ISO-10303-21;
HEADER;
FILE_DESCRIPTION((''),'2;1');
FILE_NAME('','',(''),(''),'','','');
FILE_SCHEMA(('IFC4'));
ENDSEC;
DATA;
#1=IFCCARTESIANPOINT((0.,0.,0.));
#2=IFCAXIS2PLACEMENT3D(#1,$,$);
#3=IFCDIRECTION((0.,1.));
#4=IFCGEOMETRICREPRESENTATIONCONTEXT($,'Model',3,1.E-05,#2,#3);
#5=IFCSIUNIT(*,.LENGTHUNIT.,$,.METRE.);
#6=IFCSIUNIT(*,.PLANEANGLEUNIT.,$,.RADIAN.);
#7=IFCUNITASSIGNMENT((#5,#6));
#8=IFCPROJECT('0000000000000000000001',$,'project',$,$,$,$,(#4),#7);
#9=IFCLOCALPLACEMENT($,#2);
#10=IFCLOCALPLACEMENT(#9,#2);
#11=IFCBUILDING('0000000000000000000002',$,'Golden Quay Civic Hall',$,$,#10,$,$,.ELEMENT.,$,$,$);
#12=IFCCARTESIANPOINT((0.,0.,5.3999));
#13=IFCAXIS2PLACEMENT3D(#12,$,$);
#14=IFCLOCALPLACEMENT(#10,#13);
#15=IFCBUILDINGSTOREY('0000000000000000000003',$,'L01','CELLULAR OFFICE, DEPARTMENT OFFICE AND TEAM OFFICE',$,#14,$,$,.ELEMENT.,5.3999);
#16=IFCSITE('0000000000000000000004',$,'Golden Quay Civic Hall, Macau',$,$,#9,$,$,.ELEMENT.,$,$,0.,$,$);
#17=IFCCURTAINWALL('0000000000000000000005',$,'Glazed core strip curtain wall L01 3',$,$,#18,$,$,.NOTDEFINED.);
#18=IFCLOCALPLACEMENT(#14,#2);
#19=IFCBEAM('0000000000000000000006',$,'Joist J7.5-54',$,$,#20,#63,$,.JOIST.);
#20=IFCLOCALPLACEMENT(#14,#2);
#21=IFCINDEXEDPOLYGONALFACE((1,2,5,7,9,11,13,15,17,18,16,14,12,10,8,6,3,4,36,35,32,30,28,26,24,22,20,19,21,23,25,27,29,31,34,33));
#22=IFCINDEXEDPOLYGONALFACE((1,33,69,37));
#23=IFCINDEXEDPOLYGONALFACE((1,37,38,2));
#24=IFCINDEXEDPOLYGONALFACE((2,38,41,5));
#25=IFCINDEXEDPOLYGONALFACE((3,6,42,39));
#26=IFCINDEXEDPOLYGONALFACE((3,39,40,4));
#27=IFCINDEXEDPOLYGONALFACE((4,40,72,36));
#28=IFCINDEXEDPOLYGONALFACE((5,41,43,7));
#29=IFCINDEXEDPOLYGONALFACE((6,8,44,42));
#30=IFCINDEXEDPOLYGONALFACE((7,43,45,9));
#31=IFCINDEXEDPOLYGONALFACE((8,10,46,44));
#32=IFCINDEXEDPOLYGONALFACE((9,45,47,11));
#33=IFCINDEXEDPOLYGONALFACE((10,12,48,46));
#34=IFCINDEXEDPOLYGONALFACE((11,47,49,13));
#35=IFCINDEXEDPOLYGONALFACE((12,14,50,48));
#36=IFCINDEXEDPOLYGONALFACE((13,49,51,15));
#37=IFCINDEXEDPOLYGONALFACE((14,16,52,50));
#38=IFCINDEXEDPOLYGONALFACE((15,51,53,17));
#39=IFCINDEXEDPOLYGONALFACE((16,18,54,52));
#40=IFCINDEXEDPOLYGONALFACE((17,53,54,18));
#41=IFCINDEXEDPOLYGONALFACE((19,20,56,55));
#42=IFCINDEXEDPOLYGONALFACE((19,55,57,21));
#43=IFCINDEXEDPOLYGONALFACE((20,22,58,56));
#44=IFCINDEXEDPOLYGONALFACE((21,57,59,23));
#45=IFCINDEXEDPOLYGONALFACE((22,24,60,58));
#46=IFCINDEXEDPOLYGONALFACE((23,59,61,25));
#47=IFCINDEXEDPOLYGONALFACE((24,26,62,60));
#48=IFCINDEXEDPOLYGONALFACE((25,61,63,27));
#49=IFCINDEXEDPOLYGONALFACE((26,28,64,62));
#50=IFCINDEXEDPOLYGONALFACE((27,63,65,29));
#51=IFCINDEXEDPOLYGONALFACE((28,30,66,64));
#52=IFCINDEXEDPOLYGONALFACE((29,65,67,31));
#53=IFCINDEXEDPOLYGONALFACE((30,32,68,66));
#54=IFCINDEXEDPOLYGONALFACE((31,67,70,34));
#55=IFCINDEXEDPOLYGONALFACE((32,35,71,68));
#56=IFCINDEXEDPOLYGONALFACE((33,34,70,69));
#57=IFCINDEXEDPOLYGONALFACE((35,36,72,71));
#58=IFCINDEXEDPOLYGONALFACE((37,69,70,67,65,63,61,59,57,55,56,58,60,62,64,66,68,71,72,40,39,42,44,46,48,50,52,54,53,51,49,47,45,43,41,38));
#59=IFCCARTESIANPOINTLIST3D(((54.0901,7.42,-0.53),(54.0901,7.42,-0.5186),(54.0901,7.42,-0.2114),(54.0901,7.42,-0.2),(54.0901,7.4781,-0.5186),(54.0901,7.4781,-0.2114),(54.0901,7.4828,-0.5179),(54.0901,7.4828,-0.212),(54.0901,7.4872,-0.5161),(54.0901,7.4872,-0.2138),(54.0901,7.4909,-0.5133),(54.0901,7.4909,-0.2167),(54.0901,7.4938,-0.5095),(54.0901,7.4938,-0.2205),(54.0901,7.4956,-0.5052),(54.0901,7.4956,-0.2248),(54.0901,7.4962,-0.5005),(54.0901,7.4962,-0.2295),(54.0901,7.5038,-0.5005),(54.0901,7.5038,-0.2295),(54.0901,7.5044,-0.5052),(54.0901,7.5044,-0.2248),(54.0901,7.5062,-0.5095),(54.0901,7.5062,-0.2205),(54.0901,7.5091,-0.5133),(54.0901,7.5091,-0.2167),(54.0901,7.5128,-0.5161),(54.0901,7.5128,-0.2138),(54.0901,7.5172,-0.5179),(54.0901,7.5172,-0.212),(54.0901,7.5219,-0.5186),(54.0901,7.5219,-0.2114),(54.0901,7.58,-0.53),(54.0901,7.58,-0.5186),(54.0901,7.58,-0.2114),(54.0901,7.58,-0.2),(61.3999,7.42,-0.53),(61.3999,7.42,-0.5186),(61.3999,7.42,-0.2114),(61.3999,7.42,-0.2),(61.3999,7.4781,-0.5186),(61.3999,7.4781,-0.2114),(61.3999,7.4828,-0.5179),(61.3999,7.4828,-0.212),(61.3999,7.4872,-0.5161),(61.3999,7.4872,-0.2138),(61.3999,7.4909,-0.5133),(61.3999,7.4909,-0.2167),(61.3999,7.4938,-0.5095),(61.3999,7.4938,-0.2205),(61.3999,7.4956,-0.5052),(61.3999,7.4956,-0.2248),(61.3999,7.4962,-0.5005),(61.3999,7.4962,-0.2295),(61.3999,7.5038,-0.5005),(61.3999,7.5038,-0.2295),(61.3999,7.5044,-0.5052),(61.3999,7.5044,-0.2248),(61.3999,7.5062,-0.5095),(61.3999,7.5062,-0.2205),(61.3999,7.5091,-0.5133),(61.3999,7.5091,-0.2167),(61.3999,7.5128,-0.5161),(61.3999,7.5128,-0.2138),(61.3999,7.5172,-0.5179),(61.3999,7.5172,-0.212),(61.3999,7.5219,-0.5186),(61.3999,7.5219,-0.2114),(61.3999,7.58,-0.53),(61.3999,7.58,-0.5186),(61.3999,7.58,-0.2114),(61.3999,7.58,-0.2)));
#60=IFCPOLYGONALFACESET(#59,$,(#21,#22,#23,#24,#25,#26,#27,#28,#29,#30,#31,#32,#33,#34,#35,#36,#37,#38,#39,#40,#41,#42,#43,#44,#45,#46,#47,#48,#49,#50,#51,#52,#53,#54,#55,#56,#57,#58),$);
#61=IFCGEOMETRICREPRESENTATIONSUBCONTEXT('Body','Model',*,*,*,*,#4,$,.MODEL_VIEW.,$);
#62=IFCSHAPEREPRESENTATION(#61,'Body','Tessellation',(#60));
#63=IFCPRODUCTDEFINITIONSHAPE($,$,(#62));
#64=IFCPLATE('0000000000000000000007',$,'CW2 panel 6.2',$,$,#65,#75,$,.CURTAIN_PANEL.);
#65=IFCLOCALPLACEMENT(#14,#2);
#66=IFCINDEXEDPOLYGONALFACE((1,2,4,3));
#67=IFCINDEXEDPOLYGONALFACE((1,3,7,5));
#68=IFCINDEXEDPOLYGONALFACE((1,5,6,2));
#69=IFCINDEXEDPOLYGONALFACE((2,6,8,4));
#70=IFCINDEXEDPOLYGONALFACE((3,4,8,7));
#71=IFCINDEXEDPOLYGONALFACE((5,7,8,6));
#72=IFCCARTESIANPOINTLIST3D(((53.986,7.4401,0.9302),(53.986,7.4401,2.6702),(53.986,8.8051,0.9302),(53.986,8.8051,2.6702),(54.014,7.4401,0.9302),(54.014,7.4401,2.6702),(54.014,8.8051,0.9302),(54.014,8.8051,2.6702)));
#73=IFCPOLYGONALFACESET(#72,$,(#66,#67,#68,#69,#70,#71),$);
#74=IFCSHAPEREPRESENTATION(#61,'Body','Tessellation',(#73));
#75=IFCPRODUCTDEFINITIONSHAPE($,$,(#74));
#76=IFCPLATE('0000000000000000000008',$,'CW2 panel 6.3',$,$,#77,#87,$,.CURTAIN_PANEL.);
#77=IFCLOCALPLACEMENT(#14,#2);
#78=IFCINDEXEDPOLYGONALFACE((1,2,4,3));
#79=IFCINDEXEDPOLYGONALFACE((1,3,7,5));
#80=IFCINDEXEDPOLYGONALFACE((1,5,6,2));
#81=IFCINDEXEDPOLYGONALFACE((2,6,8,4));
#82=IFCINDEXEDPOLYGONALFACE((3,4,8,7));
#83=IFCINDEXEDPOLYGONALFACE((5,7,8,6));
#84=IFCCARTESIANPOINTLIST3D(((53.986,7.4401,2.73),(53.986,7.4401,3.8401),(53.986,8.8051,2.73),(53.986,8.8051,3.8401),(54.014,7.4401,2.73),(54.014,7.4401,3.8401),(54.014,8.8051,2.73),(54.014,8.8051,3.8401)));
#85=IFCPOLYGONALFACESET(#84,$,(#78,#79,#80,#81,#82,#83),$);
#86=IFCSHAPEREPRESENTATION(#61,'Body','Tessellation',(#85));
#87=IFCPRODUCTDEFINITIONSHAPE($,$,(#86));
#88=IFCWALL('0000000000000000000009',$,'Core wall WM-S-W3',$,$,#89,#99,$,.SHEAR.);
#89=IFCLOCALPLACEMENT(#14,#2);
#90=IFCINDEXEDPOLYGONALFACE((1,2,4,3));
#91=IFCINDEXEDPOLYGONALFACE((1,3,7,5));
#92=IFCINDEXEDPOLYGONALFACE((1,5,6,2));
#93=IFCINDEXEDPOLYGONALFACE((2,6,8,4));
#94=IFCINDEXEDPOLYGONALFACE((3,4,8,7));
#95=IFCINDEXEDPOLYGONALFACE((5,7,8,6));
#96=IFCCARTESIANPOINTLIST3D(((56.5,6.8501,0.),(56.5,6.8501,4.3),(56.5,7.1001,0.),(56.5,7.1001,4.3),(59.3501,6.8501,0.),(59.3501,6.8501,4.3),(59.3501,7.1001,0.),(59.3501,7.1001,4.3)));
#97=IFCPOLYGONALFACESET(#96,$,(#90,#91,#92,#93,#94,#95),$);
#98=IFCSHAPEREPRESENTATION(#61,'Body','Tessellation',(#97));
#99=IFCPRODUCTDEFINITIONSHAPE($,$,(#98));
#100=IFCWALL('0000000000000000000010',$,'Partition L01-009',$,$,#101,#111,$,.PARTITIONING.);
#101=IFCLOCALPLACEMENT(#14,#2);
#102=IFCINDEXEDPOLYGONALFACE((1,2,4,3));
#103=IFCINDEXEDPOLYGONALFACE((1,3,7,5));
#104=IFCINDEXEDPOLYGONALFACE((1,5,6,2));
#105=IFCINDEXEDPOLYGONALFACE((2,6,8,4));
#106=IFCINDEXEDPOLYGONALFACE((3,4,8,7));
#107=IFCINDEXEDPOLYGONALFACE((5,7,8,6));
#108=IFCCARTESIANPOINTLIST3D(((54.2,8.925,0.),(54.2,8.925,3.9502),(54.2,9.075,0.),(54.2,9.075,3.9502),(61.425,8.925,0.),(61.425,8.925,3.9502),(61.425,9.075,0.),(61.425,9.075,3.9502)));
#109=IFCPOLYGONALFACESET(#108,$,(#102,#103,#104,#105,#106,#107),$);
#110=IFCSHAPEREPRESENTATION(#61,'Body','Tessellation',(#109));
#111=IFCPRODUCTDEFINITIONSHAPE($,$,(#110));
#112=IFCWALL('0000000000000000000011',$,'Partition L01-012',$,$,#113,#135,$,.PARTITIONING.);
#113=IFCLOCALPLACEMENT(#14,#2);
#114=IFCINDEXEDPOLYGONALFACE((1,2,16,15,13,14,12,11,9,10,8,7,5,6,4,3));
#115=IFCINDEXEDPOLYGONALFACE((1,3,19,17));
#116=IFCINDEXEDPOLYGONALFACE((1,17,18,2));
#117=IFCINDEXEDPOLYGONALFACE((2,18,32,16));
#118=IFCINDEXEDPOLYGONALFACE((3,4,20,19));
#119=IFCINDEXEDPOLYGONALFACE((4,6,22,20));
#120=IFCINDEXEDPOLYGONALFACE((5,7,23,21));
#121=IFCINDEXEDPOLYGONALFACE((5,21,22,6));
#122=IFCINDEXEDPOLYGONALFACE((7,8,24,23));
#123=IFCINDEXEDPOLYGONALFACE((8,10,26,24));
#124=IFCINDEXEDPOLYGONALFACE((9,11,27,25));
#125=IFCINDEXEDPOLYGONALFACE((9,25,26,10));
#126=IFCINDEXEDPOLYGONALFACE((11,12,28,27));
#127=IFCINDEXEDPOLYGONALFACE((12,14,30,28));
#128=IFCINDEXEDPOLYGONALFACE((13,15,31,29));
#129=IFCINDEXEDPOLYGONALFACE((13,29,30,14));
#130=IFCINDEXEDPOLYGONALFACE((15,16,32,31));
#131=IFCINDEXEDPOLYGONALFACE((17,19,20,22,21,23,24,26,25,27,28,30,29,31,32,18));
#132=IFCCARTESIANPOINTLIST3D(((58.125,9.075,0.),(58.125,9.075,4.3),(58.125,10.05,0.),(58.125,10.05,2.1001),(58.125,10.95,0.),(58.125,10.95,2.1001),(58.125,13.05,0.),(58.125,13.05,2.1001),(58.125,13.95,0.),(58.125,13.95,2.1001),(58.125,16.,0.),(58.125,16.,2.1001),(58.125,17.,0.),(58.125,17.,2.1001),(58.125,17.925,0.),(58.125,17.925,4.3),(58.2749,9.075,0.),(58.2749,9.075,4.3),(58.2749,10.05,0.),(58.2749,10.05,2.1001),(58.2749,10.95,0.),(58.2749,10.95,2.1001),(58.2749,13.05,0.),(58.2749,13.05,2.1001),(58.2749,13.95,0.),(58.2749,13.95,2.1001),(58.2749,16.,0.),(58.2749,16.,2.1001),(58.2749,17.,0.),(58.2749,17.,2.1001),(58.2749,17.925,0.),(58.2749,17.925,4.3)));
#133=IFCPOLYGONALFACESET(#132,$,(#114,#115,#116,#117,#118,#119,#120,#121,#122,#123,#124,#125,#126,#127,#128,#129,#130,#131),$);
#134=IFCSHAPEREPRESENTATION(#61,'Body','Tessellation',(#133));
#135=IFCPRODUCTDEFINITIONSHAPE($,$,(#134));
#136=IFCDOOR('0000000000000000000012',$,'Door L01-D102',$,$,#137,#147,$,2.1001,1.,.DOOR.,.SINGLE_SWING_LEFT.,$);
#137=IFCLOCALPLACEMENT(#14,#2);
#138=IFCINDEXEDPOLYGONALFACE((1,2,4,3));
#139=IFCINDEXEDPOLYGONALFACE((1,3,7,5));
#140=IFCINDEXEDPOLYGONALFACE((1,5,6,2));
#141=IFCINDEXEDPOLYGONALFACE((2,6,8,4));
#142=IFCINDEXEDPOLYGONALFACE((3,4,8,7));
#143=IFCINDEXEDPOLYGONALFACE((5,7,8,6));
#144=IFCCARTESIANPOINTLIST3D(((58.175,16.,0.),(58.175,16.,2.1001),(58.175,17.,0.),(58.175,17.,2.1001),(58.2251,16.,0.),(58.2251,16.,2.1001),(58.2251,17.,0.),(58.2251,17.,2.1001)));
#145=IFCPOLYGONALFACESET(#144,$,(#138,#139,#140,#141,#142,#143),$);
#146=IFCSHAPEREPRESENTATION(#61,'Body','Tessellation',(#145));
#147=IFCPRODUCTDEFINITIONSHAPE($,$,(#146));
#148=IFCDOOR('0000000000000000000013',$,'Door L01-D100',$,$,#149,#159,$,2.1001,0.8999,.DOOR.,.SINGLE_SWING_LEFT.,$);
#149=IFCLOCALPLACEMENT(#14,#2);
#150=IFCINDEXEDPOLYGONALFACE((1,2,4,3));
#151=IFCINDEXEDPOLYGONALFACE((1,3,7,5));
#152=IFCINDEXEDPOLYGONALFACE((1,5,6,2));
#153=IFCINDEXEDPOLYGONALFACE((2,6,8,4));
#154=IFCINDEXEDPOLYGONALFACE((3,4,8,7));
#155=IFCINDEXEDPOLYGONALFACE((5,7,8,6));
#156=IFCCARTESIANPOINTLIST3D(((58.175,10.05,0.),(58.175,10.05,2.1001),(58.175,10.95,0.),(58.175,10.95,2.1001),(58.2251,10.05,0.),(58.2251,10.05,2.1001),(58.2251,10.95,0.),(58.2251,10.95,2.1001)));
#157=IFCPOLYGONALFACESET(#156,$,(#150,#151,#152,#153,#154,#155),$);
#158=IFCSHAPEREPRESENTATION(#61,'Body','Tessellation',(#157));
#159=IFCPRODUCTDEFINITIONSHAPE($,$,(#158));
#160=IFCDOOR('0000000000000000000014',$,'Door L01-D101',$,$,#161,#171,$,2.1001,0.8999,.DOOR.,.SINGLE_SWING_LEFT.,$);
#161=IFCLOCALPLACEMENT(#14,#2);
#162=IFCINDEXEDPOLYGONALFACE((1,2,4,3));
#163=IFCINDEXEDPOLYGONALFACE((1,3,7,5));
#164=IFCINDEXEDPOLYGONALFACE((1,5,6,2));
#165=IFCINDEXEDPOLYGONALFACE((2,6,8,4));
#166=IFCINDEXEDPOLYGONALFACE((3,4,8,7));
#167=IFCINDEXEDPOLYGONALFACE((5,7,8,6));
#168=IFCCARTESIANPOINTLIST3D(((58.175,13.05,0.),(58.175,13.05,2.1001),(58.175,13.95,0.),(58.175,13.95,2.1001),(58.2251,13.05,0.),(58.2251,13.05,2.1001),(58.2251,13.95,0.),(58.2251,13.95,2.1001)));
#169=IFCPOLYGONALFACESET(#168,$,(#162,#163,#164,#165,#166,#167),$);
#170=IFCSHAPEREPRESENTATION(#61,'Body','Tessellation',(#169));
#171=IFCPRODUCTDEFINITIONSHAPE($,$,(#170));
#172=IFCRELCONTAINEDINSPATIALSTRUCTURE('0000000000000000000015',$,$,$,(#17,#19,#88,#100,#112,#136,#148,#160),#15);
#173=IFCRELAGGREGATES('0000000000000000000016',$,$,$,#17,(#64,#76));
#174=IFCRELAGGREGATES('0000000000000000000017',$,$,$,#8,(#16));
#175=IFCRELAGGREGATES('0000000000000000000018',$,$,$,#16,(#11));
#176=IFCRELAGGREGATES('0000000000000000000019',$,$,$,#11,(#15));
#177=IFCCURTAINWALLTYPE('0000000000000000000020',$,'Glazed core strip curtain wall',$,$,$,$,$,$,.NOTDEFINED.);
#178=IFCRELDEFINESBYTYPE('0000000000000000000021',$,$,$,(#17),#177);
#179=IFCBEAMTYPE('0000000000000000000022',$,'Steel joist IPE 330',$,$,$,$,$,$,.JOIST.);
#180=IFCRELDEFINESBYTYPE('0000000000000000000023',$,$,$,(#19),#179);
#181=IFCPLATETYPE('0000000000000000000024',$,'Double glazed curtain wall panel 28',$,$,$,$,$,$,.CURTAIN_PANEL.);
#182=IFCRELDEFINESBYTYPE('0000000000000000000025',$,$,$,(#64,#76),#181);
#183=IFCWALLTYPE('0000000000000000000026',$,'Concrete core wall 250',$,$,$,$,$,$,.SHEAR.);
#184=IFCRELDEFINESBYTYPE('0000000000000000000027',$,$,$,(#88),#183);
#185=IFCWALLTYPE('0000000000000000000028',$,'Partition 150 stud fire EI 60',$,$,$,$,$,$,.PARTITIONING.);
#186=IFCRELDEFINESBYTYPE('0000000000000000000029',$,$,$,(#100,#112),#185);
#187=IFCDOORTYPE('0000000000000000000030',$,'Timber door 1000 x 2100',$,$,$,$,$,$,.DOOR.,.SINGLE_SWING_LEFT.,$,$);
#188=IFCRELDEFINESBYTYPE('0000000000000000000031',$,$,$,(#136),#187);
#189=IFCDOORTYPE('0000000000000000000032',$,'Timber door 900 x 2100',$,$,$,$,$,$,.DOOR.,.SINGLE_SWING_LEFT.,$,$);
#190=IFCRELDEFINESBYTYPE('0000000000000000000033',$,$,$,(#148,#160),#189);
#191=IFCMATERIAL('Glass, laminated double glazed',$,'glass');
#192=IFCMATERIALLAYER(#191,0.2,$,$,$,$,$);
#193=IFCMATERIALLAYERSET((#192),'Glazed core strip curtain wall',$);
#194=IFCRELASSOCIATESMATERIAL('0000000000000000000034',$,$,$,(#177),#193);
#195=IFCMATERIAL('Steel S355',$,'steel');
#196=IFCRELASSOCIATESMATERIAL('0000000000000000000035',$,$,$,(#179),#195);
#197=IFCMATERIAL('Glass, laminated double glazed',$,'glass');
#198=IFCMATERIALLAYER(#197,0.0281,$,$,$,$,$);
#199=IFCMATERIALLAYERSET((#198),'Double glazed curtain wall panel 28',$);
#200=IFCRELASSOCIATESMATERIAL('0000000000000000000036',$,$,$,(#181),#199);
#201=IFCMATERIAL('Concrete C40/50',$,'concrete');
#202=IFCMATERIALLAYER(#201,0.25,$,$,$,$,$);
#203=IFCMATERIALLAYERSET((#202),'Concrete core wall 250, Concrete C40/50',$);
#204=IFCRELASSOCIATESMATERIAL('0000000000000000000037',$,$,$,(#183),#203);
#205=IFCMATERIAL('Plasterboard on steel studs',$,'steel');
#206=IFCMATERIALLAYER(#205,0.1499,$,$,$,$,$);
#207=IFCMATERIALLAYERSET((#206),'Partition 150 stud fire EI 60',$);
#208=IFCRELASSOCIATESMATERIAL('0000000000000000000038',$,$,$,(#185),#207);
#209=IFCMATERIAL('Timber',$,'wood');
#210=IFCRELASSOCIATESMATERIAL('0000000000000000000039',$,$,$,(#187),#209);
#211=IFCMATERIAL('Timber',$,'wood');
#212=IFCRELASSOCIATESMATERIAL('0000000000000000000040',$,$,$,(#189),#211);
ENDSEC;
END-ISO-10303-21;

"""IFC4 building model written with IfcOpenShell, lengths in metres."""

from ifc_helpers import new_model, si_unit, direction, frame, frame_2d, origin, origin_2d, place, context, subcontext, project, spatial, rectangle, i_section, extrude, material, layer, layer_set, material_profile, profile_set, type_object, element, fill, aggregate, save


model = new_model("IFC4")

# Units and contexts
model_context = context("Model", 3, precision=1e-05, world=origin(), true_north=direction((0.0, 1.0)))
body_context = subcontext(model_context, "Body", "Model", "MODEL_VIEW")
ifc_project = project(units=[si_unit("LENGTHUNIT", "METRE"), si_unit("PLANEANGLEUNIT", "RADIAN")], contexts=[model_context])

# Site, building, storey
site_placement = place(None, origin())
site = spatial("IfcSite", under=ifc_project, at=site_placement, Name="Golden Quay Civic Hall, Macau", CompositionType="ELEMENT", RefElevation=0.0)
building_placement = place(site_placement, origin())
building = spatial("IfcBuilding", under=site, at=building_placement, Name="Golden Quay Civic Hall", CompositionType="ELEMENT")
storey_placement = place(building_placement, frame((0.0, 0.0, 5.3999)))
storey = spatial("IfcBuildingStorey", under=building, at=storey_placement, Name="L01", Description="CELLULAR OFFICE, DEPARTMENT OFFICE AND TEAM OFFICE", CompositionType="ELEMENT", Elevation=5.3999)

# Curtain wall
ifc_material_1 = material(Name="Glass, laminated double glazed", Category="glass")
ifc_layer_1 = layer(ifc_material_1, 0.2)
ifc_layer_set_1 = layer_set([ifc_layer_1], Name="Glazed core strip curtain wall")
curtain_wall_type = type_object("IfcCurtainWallType", Name="Glazed core strip curtain wall", PredefinedType="NOTDEFINED", material=ifc_layer_set_1)
curtain_wall_placement = place(storey_placement, origin())
curtain_wall = element("IfcCurtainWall", 1, at=curtain_wall_placement, inside=storey, type_object=curtain_wall_type, Name="Glazed core strip curtain wall L01 3", PredefinedType="NOTDEFINED")

# Beam
ifc_material_2 = material(Name="Steel S355", Category="steel")
ifc_material_profile_1 = material_profile(ifc_material_2, i_section(OverallWidth=0.1599, OverallDepth=0.3301, WebThickness=0.0076, FlangeThickness=0.0115, FilletRadius=0.0181, at=origin_2d()), Name="IPE 330")
ifc_profile_set_1 = profile_set([ifc_material_profile_1], Name="Steel S355")
beam_type_1 = type_object("IfcBeamType", Name="Steel joist IPE 330", PredefinedType="JOIST", material=ifc_profile_set_1)
beam_1_placement = place(storey_placement, frame((54.0901, 7.5, -0.365), z_axis=(1.0, 0.0, 0.0), x_axis=(0.0, 1.0, 0.0)))
element("IfcBeam", 2, at=beam_1_placement, inside=storey, type_object=beam_type_1, Name="Joist J7.5-54", PredefinedType="JOIST", context=body_context, shape_type="SweptSolid", body=[
    extrude(i_section(OverallWidth=0.1599, OverallDepth=0.3301, WebThickness=0.0076, FlangeThickness=0.0115, FilletRadius=0.0181, at=origin_2d()), origin(), (0.0, 0.0, 1.0), 7.3098),
])

# Plates
ifc_material_3 = material(Name="Glass, laminated double glazed", Category="glass")
ifc_layer_2 = layer(ifc_material_3, 0.0281)
ifc_layer_set_2 = layer_set([ifc_layer_2], Name="Double glazed curtain wall panel 28")
plate_type = type_object("IfcPlateType", Name="Double glazed curtain wall panel 28", PredefinedType="CURTAIN_PANEL", material=ifc_layer_set_2)
plate_1_placement = place(storey_placement, frame((54.0, 8.1226, 0.9302), z_axis=(0.0, 0.0, 1.0), x_axis=(0.0, 1.0, 0.0)))
plate_1 = element("IfcPlate", 3, at=plate_1_placement, type_object=plate_type, Name="CW2 panel 6.2", PredefinedType="CURTAIN_PANEL", context=body_context, shape_type="SweptSolid", body=[
    extrude(rectangle(XDim=1.365, YDim=0.0281, at=origin_2d()), origin(), (0.0, 0.0, 1.0), 1.74),
])
plate_2_placement = place(storey_placement, frame((54.0, 8.1226, 2.73), z_axis=(0.0, 0.0, 1.0), x_axis=(0.0, 1.0, 0.0)))
plate_2 = element("IfcPlate", 4, at=plate_2_placement, type_object=plate_type, Name="CW2 panel 6.3", PredefinedType="CURTAIN_PANEL", context=body_context, shape_type="SweptSolid", body=[
    extrude(rectangle(XDim=1.365, YDim=0.0281, at=origin_2d()), origin(), (0.0, 0.0, 1.0), 1.1101),
])
aggregate(curtain_wall, [plate_1, plate_2])

# Walls
ifc_material_4 = material(Name="Concrete C40/50", Category="concrete")
ifc_layer_3 = layer(ifc_material_4, 0.25)
ifc_layer_set_3 = layer_set([ifc_layer_3], Name="Concrete core wall 250, Concrete C40/50")
wall_type_1 = type_object("IfcWallType", Name="Concrete core wall 250", PredefinedType="SHEAR", material=ifc_layer_set_3)
wall_1_placement = place(storey_placement, frame((56.5, 6.9751, 0.0), z_axis=(0.0, 0.0, 1.0), x_axis=(1.0, 0.0, 0.0)))
element("IfcWall", 5, at=wall_1_placement, inside=storey, type_object=wall_type_1, Name="Core wall WM-S-W3", PredefinedType="SHEAR", context=body_context, shape_type="SweptSolid", body=[
    extrude(rectangle(XDim=2.8501, YDim=0.25, at=frame_2d((1.425, 0.0))), origin(), (0.0, 0.0, 1.0), 4.3),
])
ifc_material_5 = material(Name="Plasterboard on steel studs", Category="steel")
ifc_layer_4 = layer(ifc_material_5, 0.1499)
ifc_layer_set_4 = layer_set([ifc_layer_4], Name="Partition 150 stud fire EI 60")
wall_type_2 = type_object("IfcWallType", Name="Partition 150 stud fire EI 60", PredefinedType="PARTITIONING", material=ifc_layer_set_4)
wall_2_placement = place(storey_placement, frame((54.2, 9.0, 0.0), z_axis=(0.0, 0.0, 1.0), x_axis=(1.0, 0.0, 0.0)))
element("IfcWall", 6, at=wall_2_placement, inside=storey, type_object=wall_type_2, Name="Partition L01-009", PredefinedType="PARTITIONING", context=body_context, shape_type="SweptSolid", body=[
    extrude(rectangle(XDim=7.2251, YDim=0.1499, at=frame_2d((3.6125, 0.0))), origin(), (0.0, 0.0, 1.0), 3.9502),
])

# Wall, openings, doors
wall_3_placement = place(storey_placement, frame((58.2, 9.075, 0.0), z_axis=(0.0, 0.0, 1.0), x_axis=(0.0, 1.0, 0.0)))
wall_3 = element("IfcWall", 7, at=wall_3_placement, inside=storey, type_object=wall_type_2, Name="Partition L01-012", PredefinedType="PARTITIONING", context=body_context, shape_type="SweptSolid", body=[
    extrude(rectangle(XDim=8.8501, YDim=0.1499, at=frame_2d((4.425, 0.0))), origin(), (0.0, 0.0, 1.0), 4.3),
])
opening_1_placement = place(wall_3_placement, frame((0.9751, 0.0, 0.0)))
opening_1 = element("IfcOpeningElement", 8, at=opening_1_placement, cuts=wall_3, PredefinedType="OPENING", context=body_context, shape_type="SweptSolid", body=[
    extrude(rectangle(XDim=0.8999, YDim=2.1001, at=frame_2d((0.45, 1.05))), frame((0.0, 0.085, 0.0), z_axis=(0.0, -1.0, 0.0), x_axis=(1.0, 0.0, 0.0)), (0.0, 0.0, 1.0), 0.1699),
])
opening_2_placement = place(wall_3_placement, frame((3.9751, 0.0, 0.0)))
opening_2 = element("IfcOpeningElement", 9, at=opening_2_placement, cuts=wall_3, PredefinedType="OPENING", context=body_context, shape_type="SweptSolid", body=[
    extrude(rectangle(XDim=0.8999, YDim=2.1001, at=frame_2d((0.45, 1.05))), frame((0.0, 0.085, 0.0), z_axis=(0.0, -1.0, 0.0), x_axis=(1.0, 0.0, 0.0)), (0.0, 0.0, 1.0), 0.1699),
])
opening_3_placement = place(wall_3_placement, frame((6.925, 0.0, 0.0)))
opening_3 = element("IfcOpeningElement", 10, at=opening_3_placement, cuts=wall_3, PredefinedType="OPENING", context=body_context, shape_type="SweptSolid", body=[
    extrude(rectangle(XDim=1.0, YDim=2.1001, at=frame_2d((0.5, 1.05))), frame((0.0, 0.085, 0.0), z_axis=(0.0, -1.0, 0.0), x_axis=(1.0, 0.0, 0.0)), (0.0, 0.0, 1.0), 0.1699),
])
ifc_material_6 = material(Name="Timber", Category="wood")
door_type_1 = type_object("IfcDoorType", Name="Timber door 1000 x 2100", OperationType="SINGLE_SWING_LEFT", PredefinedType="DOOR", material=ifc_material_6)
door_1_placement = place(opening_3_placement, origin())
door_1 = element("IfcDoor", 11, at=door_1_placement, inside=storey, type_object=door_type_1, Name="Door L01-D102", OperationType="SINGLE_SWING_LEFT", OverallHeight=2.1001, OverallWidth=1.0, PredefinedType="DOOR", context=body_context, shape_type="SweptSolid", body=[
    extrude(rectangle(XDim=1.0, YDim=2.1001, at=frame_2d((0.5, 1.05))), frame((0.0, 0.0249, 0.0), z_axis=(0.0, -1.0, 0.0), x_axis=(1.0, 0.0, 0.0)), (0.0, 0.0, 1.0), 0.05),
])
fill(opening_3, door_1)
ifc_material_7 = material(Name="Timber", Category="wood")
door_type_2 = type_object("IfcDoorType", Name="Timber door 900 x 2100", OperationType="SINGLE_SWING_LEFT", PredefinedType="DOOR", material=ifc_material_7)
door_2_placement = place(opening_1_placement, origin())
door_2 = element("IfcDoor", 12, at=door_2_placement, inside=storey, type_object=door_type_2, Name="Door L01-D100", OperationType="SINGLE_SWING_LEFT", OverallHeight=2.1001, OverallWidth=0.8999, PredefinedType="DOOR", context=body_context, shape_type="SweptSolid", body=[
    extrude(rectangle(XDim=0.8999, YDim=2.1001, at=frame_2d((0.45, 1.05))), frame((0.0, 0.0249, 0.0), z_axis=(0.0, -1.0, 0.0), x_axis=(1.0, 0.0, 0.0)), (0.0, 0.0, 1.0), 0.05),
])
fill(opening_1, door_2)
door_3_placement = place(opening_2_placement, origin())
door_3 = element("IfcDoor", 13, at=door_3_placement, inside=storey, type_object=door_type_2, Name="Door L01-D101", OperationType="SINGLE_SWING_LEFT", OverallHeight=2.1001, OverallWidth=0.8999, PredefinedType="DOOR", context=body_context, shape_type="SweptSolid", body=[
    extrude(rectangle(XDim=0.8999, YDim=2.1001, at=frame_2d((0.45, 1.05))), frame((0.0, 0.0249, 0.0), z_axis=(0.0, -1.0, 0.0), x_axis=(1.0, 0.0, 0.0)), (0.0, 0.0, 1.0), 0.05),
])
fill(opening_2, door_3)

save(model, "model.ifc")
